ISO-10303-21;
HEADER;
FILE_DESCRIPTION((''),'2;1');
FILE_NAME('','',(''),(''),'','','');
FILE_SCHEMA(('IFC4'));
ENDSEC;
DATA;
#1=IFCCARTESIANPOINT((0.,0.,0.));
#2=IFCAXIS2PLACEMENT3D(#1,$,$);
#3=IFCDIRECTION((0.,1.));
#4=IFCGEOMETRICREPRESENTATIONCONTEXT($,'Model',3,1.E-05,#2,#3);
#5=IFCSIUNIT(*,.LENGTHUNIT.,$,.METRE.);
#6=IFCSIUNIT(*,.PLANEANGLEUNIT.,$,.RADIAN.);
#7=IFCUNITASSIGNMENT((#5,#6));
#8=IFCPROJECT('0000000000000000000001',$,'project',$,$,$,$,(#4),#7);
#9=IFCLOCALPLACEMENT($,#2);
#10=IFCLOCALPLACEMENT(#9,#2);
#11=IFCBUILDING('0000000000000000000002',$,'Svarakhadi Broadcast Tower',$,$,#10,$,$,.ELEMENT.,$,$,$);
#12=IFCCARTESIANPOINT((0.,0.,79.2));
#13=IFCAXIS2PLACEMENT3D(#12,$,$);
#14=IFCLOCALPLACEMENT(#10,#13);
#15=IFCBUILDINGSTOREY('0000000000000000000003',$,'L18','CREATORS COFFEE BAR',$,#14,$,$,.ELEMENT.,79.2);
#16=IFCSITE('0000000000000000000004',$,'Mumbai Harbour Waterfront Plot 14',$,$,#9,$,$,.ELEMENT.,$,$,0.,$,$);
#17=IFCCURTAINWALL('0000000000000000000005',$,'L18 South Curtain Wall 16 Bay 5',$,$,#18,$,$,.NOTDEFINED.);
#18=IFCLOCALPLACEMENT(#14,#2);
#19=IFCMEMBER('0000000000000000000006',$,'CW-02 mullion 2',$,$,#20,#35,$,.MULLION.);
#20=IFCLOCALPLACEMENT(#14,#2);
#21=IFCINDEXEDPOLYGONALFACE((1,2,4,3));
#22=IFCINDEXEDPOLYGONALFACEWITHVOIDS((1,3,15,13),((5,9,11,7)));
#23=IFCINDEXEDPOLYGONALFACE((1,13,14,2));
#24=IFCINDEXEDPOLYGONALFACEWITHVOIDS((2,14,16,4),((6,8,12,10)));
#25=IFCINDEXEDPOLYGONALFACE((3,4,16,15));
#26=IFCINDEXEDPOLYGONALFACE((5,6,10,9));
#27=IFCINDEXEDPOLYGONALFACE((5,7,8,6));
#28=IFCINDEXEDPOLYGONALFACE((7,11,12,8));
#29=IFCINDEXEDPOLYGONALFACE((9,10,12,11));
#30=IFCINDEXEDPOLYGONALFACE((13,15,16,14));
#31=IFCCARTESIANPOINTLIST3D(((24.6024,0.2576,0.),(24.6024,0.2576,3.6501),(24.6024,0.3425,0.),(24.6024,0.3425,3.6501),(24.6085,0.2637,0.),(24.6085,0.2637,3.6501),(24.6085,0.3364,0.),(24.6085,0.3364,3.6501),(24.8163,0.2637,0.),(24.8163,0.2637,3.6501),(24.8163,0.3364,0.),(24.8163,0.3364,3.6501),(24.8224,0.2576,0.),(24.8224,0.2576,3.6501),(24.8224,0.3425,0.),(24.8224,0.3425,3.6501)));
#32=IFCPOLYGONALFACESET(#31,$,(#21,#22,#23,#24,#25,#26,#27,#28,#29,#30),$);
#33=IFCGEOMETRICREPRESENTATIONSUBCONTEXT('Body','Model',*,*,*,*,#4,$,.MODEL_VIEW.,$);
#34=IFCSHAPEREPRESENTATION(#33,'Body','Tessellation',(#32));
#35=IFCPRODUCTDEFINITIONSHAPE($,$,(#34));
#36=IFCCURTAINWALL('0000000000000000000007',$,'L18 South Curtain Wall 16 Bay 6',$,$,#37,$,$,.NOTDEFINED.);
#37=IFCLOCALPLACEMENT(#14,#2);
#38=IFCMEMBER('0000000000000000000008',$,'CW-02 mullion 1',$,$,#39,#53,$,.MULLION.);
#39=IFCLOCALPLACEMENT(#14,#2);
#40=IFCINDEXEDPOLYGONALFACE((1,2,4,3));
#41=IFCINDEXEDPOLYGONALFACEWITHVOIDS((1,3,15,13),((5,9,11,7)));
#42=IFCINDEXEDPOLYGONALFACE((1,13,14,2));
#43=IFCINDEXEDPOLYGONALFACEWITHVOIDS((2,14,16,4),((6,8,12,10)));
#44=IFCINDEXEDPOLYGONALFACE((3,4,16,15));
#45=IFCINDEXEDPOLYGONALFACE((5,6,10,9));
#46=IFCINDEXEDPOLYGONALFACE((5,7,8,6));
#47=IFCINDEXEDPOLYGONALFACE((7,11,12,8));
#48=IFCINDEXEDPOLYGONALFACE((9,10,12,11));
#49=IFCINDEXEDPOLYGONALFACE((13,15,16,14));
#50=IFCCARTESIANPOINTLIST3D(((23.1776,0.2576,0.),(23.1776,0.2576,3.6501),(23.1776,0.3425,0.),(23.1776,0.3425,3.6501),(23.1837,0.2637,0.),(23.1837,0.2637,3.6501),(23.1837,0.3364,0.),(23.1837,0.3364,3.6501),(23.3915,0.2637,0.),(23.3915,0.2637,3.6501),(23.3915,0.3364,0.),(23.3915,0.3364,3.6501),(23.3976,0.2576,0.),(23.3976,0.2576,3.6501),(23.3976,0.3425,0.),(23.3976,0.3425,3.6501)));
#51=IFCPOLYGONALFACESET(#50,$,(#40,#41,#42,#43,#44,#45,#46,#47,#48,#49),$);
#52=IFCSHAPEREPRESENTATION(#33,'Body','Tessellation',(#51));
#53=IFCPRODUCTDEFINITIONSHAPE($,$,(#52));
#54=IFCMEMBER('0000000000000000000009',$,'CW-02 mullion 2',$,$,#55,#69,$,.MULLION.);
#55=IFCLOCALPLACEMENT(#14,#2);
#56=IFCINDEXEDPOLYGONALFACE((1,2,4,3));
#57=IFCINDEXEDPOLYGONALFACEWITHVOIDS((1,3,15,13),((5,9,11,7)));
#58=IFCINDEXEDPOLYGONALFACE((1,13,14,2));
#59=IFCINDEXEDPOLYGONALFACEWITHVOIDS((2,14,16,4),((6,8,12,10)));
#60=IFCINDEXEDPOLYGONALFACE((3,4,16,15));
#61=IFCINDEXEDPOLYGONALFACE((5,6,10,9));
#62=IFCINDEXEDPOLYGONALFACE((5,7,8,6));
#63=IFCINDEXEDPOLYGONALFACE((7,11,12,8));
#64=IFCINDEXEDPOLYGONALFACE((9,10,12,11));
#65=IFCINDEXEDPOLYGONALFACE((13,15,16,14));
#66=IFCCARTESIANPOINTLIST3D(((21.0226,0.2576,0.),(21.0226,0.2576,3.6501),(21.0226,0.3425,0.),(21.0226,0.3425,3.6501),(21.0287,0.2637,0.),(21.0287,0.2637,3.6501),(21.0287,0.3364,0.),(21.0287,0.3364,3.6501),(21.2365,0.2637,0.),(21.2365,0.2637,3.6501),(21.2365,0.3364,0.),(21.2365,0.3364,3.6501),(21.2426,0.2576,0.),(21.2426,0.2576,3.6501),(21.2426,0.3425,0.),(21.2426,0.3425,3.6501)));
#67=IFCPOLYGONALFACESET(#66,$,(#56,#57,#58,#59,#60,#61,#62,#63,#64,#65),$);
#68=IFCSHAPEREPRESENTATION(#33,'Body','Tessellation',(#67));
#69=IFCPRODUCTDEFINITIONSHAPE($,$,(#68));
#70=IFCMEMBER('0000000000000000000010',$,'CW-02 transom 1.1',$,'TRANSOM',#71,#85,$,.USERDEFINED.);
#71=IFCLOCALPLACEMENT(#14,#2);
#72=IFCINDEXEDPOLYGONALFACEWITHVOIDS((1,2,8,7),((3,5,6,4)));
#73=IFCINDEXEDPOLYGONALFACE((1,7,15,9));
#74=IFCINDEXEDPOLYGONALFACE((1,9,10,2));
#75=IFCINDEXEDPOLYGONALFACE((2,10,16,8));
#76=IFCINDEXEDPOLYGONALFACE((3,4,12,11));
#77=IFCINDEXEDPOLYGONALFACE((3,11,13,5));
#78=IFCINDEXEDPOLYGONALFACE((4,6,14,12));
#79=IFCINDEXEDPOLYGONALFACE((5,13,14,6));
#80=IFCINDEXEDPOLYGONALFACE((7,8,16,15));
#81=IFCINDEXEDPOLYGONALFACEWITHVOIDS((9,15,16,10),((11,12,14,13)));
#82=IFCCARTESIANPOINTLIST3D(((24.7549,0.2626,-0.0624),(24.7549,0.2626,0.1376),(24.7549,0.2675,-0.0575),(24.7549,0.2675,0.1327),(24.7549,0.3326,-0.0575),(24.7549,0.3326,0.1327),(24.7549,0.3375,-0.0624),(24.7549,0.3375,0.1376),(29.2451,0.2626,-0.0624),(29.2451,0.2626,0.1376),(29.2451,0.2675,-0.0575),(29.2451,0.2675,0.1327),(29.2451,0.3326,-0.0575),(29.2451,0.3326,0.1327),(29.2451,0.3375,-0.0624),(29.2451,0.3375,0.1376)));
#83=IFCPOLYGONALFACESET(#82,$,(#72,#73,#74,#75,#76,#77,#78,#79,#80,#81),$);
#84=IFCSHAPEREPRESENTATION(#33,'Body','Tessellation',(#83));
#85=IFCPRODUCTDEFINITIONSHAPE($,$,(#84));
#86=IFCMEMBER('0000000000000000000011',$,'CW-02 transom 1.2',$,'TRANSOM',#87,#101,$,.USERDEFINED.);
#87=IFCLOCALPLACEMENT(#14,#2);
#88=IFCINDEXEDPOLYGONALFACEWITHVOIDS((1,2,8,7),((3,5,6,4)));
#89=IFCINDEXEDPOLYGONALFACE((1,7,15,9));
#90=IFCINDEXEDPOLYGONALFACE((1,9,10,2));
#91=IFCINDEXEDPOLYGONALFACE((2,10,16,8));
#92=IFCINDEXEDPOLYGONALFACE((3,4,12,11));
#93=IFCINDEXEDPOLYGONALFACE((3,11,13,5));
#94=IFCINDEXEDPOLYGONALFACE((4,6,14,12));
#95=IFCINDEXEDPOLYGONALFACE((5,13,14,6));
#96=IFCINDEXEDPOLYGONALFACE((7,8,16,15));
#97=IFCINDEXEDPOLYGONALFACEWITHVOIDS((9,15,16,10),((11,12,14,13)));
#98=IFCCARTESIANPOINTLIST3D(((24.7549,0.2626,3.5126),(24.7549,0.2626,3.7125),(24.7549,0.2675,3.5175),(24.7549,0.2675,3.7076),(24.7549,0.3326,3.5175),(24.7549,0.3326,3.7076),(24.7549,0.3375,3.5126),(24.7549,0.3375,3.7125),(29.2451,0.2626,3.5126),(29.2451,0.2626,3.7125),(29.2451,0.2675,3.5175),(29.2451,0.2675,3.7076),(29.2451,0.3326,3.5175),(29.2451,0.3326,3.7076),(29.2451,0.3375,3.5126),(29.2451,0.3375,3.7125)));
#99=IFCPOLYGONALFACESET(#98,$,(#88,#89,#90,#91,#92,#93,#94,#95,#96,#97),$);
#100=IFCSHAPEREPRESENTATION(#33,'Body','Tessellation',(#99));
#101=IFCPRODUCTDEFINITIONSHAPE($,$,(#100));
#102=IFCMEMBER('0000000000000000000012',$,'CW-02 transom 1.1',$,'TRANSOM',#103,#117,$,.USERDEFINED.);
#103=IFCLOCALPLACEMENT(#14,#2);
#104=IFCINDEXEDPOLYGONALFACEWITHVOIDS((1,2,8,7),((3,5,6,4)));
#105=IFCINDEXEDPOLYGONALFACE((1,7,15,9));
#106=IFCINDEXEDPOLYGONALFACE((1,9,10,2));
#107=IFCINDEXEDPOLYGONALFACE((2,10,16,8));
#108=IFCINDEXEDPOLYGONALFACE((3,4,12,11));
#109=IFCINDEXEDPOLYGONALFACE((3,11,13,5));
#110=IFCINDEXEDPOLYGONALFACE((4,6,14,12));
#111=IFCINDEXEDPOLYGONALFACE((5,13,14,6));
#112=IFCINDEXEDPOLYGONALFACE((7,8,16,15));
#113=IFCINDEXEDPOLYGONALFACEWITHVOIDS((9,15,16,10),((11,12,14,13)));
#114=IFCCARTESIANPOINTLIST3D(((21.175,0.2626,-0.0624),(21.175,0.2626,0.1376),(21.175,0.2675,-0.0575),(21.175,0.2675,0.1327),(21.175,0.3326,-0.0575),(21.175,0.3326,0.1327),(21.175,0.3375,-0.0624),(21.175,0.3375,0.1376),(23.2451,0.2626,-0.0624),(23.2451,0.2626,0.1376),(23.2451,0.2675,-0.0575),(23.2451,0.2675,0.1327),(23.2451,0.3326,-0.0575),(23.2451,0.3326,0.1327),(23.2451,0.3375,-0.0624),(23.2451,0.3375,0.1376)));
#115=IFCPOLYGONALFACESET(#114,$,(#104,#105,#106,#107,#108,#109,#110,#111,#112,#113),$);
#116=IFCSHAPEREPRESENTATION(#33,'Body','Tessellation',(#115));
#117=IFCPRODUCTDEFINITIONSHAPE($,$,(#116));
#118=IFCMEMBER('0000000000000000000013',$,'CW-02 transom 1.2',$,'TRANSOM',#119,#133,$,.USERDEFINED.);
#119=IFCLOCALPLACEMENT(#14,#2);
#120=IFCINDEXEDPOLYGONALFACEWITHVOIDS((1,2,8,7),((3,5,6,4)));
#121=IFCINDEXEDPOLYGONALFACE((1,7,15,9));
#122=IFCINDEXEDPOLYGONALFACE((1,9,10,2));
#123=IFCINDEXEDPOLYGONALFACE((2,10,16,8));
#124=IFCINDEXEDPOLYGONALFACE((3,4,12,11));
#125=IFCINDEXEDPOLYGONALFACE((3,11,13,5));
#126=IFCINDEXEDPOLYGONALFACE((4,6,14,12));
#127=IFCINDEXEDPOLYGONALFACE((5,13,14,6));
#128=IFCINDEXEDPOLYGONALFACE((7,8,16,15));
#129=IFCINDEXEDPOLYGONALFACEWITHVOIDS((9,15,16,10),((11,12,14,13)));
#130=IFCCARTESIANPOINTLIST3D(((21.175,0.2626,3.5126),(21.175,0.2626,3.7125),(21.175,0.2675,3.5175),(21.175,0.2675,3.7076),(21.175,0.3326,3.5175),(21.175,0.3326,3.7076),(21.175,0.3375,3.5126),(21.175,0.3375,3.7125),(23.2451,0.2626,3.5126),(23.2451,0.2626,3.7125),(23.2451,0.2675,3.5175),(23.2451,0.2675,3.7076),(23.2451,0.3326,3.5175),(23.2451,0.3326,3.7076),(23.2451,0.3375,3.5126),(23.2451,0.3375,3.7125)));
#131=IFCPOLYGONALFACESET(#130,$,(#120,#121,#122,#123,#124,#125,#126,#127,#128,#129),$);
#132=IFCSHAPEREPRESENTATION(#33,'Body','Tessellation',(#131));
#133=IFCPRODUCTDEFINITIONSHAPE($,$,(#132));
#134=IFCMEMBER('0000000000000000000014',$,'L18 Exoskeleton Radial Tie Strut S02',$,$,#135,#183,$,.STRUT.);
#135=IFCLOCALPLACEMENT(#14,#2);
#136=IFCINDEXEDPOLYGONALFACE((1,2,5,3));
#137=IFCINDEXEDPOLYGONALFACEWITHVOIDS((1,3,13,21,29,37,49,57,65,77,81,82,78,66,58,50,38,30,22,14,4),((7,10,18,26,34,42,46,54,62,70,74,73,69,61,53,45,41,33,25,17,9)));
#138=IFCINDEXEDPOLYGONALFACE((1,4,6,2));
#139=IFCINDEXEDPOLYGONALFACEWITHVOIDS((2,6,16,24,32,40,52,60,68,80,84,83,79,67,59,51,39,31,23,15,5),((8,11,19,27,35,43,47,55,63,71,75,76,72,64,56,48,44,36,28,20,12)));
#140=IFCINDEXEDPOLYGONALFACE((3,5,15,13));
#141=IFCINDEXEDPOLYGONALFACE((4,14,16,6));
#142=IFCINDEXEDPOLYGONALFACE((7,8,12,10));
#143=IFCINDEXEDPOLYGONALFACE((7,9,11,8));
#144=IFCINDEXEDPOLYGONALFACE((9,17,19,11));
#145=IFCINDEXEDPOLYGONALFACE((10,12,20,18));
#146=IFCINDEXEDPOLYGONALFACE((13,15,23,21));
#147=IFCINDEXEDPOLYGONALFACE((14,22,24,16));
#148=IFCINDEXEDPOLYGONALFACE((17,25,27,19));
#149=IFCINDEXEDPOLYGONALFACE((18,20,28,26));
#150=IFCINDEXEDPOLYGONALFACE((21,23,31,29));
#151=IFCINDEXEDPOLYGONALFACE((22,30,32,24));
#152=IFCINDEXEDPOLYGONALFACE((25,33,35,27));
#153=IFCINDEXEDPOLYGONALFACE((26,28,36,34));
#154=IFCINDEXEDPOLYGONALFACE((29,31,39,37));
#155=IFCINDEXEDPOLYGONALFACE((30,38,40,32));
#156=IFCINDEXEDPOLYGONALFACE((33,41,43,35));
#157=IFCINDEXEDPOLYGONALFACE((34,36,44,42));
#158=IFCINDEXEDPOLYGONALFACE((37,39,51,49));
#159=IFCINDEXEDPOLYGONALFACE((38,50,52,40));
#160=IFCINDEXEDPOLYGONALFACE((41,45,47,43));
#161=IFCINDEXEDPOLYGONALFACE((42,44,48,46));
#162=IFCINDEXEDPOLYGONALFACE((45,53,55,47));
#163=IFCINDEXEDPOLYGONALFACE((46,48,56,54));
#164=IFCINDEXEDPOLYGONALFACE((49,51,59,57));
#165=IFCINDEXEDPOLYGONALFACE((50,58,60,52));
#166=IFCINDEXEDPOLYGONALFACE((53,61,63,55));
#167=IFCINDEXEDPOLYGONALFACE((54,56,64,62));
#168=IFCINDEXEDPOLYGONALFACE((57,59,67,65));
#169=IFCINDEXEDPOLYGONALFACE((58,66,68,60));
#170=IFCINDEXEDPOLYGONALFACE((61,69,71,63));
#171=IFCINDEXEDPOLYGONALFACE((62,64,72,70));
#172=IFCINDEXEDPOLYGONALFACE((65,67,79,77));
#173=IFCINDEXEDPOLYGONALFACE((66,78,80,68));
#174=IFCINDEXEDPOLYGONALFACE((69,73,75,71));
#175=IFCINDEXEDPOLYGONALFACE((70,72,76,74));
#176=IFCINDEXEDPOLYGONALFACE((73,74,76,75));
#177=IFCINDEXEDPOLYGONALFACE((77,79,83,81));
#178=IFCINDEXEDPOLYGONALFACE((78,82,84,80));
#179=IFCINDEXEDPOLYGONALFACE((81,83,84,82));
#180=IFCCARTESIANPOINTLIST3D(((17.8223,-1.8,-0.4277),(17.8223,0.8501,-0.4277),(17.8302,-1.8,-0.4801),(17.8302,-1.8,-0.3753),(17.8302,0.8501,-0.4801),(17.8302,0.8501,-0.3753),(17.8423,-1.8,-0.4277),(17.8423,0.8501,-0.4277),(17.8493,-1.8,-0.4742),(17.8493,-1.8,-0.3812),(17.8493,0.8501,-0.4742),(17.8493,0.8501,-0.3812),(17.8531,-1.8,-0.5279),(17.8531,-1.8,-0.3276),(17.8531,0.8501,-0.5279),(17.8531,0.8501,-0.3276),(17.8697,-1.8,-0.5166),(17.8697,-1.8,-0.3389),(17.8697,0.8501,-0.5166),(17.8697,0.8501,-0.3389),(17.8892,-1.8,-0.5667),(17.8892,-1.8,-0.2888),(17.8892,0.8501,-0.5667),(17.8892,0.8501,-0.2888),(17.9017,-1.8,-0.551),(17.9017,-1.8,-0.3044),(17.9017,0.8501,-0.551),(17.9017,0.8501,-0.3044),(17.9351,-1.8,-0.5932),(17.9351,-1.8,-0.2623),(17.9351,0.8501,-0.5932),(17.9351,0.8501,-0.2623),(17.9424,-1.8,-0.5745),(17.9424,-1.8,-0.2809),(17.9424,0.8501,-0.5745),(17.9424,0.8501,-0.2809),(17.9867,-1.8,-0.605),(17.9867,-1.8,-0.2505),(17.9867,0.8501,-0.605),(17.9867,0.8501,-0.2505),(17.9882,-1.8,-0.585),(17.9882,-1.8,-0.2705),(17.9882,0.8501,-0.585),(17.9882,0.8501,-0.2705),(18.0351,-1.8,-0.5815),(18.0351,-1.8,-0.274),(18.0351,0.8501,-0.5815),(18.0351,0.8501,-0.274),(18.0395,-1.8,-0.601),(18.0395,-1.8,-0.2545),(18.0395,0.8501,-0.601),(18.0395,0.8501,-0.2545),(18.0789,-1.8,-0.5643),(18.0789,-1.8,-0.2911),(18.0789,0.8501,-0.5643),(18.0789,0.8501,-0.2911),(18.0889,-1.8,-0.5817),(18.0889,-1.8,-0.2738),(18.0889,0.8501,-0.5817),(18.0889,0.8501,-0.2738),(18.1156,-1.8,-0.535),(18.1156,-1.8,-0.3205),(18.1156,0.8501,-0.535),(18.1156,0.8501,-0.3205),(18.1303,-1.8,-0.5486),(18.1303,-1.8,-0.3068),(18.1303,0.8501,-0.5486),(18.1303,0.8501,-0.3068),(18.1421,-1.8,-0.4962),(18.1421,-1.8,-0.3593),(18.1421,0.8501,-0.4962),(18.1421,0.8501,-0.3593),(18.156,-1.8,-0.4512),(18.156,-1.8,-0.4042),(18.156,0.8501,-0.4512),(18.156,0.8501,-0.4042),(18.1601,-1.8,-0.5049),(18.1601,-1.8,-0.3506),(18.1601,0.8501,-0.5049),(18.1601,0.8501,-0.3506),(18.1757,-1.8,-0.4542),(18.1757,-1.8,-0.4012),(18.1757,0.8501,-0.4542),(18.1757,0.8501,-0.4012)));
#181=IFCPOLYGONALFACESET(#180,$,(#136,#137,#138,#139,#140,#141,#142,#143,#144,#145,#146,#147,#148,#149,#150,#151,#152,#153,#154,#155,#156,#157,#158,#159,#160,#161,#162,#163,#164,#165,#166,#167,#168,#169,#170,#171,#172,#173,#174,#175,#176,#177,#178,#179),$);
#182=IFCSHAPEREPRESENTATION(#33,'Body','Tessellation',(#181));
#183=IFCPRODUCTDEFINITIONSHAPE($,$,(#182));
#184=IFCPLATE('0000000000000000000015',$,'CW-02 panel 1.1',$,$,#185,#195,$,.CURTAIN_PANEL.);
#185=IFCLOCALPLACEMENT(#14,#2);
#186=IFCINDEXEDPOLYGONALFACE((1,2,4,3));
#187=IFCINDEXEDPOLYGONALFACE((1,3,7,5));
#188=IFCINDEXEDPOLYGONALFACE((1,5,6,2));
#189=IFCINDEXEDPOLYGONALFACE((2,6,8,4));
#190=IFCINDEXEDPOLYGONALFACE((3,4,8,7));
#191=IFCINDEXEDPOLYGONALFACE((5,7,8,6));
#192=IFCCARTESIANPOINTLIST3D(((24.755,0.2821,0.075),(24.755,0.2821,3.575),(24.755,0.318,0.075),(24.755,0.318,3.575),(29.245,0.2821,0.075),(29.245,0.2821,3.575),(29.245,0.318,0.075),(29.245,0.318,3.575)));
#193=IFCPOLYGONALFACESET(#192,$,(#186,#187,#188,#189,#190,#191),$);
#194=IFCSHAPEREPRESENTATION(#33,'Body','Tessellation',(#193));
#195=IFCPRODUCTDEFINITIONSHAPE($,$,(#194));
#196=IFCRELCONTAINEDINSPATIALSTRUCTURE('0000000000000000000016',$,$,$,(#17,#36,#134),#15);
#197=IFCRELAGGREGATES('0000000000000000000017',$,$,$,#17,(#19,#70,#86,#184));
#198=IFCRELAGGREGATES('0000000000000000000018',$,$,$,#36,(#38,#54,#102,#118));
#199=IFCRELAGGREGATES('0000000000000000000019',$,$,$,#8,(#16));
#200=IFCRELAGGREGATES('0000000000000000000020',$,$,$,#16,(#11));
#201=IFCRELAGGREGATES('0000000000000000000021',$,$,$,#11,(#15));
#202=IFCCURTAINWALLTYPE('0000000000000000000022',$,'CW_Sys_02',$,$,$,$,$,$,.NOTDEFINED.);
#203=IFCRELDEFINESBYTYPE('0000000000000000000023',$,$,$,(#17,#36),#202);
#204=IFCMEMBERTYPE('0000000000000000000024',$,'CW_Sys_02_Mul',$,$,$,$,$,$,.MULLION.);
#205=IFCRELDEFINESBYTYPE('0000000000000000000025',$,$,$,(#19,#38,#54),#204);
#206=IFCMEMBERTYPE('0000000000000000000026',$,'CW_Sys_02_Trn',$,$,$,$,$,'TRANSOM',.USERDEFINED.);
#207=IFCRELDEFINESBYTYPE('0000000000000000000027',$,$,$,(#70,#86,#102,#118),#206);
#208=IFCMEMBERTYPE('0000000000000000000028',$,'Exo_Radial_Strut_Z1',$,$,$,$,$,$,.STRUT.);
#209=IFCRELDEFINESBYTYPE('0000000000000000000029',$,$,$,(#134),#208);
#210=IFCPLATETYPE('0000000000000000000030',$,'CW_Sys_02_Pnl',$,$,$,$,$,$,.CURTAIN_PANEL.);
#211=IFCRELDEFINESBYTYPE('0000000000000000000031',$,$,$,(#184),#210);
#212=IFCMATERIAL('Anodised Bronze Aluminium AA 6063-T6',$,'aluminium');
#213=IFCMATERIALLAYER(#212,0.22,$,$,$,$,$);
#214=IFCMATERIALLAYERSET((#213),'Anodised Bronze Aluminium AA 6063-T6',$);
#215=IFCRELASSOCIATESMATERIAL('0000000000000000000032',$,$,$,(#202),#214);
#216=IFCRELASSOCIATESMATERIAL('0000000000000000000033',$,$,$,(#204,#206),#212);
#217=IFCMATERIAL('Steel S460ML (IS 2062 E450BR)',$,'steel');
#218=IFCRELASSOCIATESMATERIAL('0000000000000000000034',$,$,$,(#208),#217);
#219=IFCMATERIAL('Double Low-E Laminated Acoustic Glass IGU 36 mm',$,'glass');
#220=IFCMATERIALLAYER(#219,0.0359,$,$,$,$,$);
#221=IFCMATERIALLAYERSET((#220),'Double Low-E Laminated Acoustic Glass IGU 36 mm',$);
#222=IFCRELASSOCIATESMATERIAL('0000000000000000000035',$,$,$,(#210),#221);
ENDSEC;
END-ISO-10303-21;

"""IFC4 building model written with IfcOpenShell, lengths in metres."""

from ifc_helpers import new_model, si_unit, direction, frame, origin, origin_2d, place, context, subcontext, project, spatial, rectangle, hollow_rectangle, hollow_circle, extrude, material, layer, layer_set, material_profile, profile_set, type_object, element, aggregate, save


model = new_model("IFC4")

# Units and contexts
model_context = context("Model", 3, precision=1e-05, world=origin(), true_north=direction((0.0, 1.0)))
body_context = subcontext(model_context, "Body", "Model", "MODEL_VIEW")
ifc_project = project(units=[si_unit("LENGTHUNIT", "METRE"), si_unit("PLANEANGLEUNIT", "RADIAN")], contexts=[model_context])

# Site, building, storey
site_placement = place(None, origin())
site = spatial("IfcSite", under=ifc_project, at=site_placement, Name="Mumbai Harbour Waterfront Plot 14", CompositionType="ELEMENT", RefElevation=0.0)
building_placement = place(site_placement, origin())
building = spatial("IfcBuilding", under=site, at=building_placement, Name="Svarakhadi Broadcast Tower", CompositionType="ELEMENT")
storey_placement = place(building_placement, frame((0.0, 0.0, 79.2)))
storey = spatial("IfcBuildingStorey", under=building, at=storey_placement, Name="L18", Description="CREATORS COFFEE BAR", CompositionType="ELEMENT", Elevation=79.2)

# Curtain wall, member
ifc_material_1 = material(Name="Anodised Bronze Aluminium AA 6063-T6", Category="aluminium")
ifc_layer_1 = layer(ifc_material_1, 0.22)
ifc_layer_set_1 = layer_set([ifc_layer_1], Name="Anodised Bronze Aluminium AA 6063-T6")
curtain_wall_type = type_object("IfcCurtainWallType", Name="CW_Sys_02", PredefinedType="NOTDEFINED", material=ifc_layer_set_1)
curtain_wall_1_placement = place(storey_placement, origin())
curtain_wall_1 = element("IfcCurtainWall", 1, at=curtain_wall_1_placement, inside=storey, type_object=curtain_wall_type, Name="L18 South Curtain Wall 16 Bay 5", PredefinedType="NOTDEFINED")
ifc_material_profile_1 = material_profile(ifc_material_1, hollow_rectangle(XDim=0.085, YDim=0.22, WallThickness=0.0061, at=origin_2d()), Name="ALU MULLION 220x85x6")
ifc_profile_set_1 = profile_set([ifc_material_profile_1], Name="Anodised Bronze Aluminium AA 6063-T6")
member_type_1 = type_object("IfcMemberType", Name="CW_Sys_02_Mul", PredefinedType="MULLION", material=ifc_profile_set_1)
member_1_placement = place(storey_placement, frame((24.7124, 0.3, 0.0), z_axis=(0.0, 0.0, 1.0), x_axis=(0.0, -1.0, 0.0)))
member_1 = element("IfcMember", 2, at=member_1_placement, type_object=member_type_1, Name="CW-02 mullion 2", PredefinedType="MULLION", context=body_context, shape_type="SweptSolid", body=[
    extrude(hollow_rectangle(XDim=0.085, YDim=0.22, WallThickness=0.0061, at=origin_2d()), origin(), (0.0, 0.0, 1.0), 3.6501),
])

# Curtain wall, members
curtain_wall_2_placement = place(storey_placement, origin())
curtain_wall_2 = element("IfcCurtainWall", 3, at=curtain_wall_2_placement, inside=storey, type_object=curtain_wall_type, Name="L18 South Curtain Wall 16 Bay 6", PredefinedType="NOTDEFINED")
member_2_placement = place(storey_placement, frame((23.2876, 0.3, 0.0), z_axis=(0.0, 0.0, 1.0), x_axis=(0.0, -1.0, 0.0)))
member_2 = element("IfcMember", 4, at=member_2_placement, type_object=member_type_1, Name="CW-02 mullion 1", PredefinedType="MULLION", context=body_context, shape_type="SweptSolid", body=[
    extrude(hollow_rectangle(XDim=0.085, YDim=0.22, WallThickness=0.0061, at=origin_2d()), origin(), (0.0, 0.0, 1.0), 3.6501),
])
member_3_placement = place(storey_placement, frame((21.1326, 0.3, 0.0), z_axis=(0.0, 0.0, 1.0), x_axis=(0.0, -1.0, 0.0)))
member_3 = element("IfcMember", 5, at=member_3_placement, type_object=member_type_1, Name="CW-02 mullion 2", PredefinedType="MULLION", context=body_context, shape_type="SweptSolid", body=[
    extrude(hollow_rectangle(XDim=0.085, YDim=0.22, WallThickness=0.0061, at=origin_2d()), origin(), (0.0, 0.0, 1.0), 3.6501),
])

# Members
ifc_material_profile_2 = material_profile(ifc_material_1, hollow_rectangle(XDim=0.075, YDim=0.2, WallThickness=0.0049, at=origin_2d()), Name="ALU TRANSOM 200x75x5")
ifc_profile_set_2 = profile_set([ifc_material_profile_2], Name="Anodised Bronze Aluminium AA 6063-T6")
member_type_2 = type_object("IfcMemberType", Name="CW_Sys_02_Trn", ElementType="TRANSOM", PredefinedType="USERDEFINED", material=ifc_profile_set_2)
member_4_placement = place(storey_placement, frame((29.2451, 0.3, 0.0376), z_axis=(-1.0, 0.0, 0.0), x_axis=(0.0, -1.0, 0.0)))
member_4 = element("IfcMember", 6, at=member_4_placement, type_object=member_type_2, Name="CW-02 transom 1.1", ObjectType="TRANSOM", PredefinedType="USERDEFINED", context=body_context, shape_type="SweptSolid", body=[
    extrude(hollow_rectangle(XDim=0.075, YDim=0.2, WallThickness=0.0049, at=origin_2d()), origin(), (0.0, 0.0, 1.0), 4.4902),
])
member_5_placement = place(storey_placement, frame((29.2451, 0.3, 3.6125), z_axis=(-1.0, 0.0, 0.0), x_axis=(0.0, -1.0, 0.0)))
member_5 = element("IfcMember", 7, at=member_5_placement, type_object=member_type_2, Name="CW-02 transom 1.2", ObjectType="TRANSOM", PredefinedType="USERDEFINED", context=body_context, shape_type="SweptSolid", body=[
    extrude(hollow_rectangle(XDim=0.075, YDim=0.2, WallThickness=0.0049, at=origin_2d()), origin(), (0.0, 0.0, 1.0), 4.4902),
])
member_6_placement = place(storey_placement, frame((23.2451, 0.3, 0.0376), z_axis=(-1.0, 0.0, 0.0), x_axis=(0.0, -1.0, 0.0)))
member_6 = element("IfcMember", 8, at=member_6_placement, type_object=member_type_2, Name="CW-02 transom 1.1", ObjectType="TRANSOM", PredefinedType="USERDEFINED", context=body_context, shape_type="SweptSolid", body=[
    extrude(hollow_rectangle(XDim=0.075, YDim=0.2, WallThickness=0.0049, at=origin_2d()), origin(), (0.0, 0.0, 1.0), 2.0701),
])
member_7_placement = place(storey_placement, frame((23.2451, 0.3, 3.6125), z_axis=(-1.0, 0.0, 0.0), x_axis=(0.0, -1.0, 0.0)))
member_7 = element("IfcMember", 9, at=member_7_placement, type_object=member_type_2, Name="CW-02 transom 1.2", ObjectType="TRANSOM", PredefinedType="USERDEFINED", context=body_context, shape_type="SweptSolid", body=[
    extrude(hollow_rectangle(XDim=0.075, YDim=0.2, WallThickness=0.0049, at=origin_2d()), origin(), (0.0, 0.0, 1.0), 2.0701),
])
ifc_material_2 = material(Name="Steel S460ML (IS 2062 E450BR)", Category="steel")
ifc_material_profile_3 = material_profile(ifc_material_2, hollow_circle(Radius=0.1777, WallThickness=0.02, at=origin_2d()), Name="CHS 355.6x20")
ifc_profile_set_3 = profile_set([ifc_material_profile_3], Name="Steel S460ML (IS 2062 E450BR)")
member_type_3 = type_object("IfcMemberType", Name="Exo_Radial_Strut_Z1", PredefinedType="STRUT", material=ifc_profile_set_3)
member_8_placement = place(storey_placement, frame((18.0, -1.8, -0.4277), z_axis=(0.0, 1.0, 0.0), x_axis=(-1.0, 0.0, 0.0)))
element("IfcMember", 10, at=member_8_placement, inside=storey, type_object=member_type_3, Name="L18 Exoskeleton Radial Tie Strut S02", PredefinedType="STRUT", context=body_context, shape_type="SweptSolid", body=[
    extrude(hollow_circle(Radius=0.1777, WallThickness=0.02, at=origin_2d()), origin(), (0.0, 0.0, 1.0), 2.6501),
])

# Plate
ifc_material_3 = material(Name="Double Low-E Laminated Acoustic Glass IGU 36 mm", Category="glass")
ifc_layer_2 = layer(ifc_material_3, 0.0359)
ifc_layer_set_2 = layer_set([ifc_layer_2], Name="Double Low-E Laminated Acoustic Glass IGU 36 mm")
plate_type_1 = type_object("IfcPlateType", Name="CW_Sys_02_Pnl", PredefinedType="CURTAIN_PANEL", material=ifc_layer_set_2)
plate_1_placement = place(storey_placement, frame((27.0, 0.3, 0.075), z_axis=(0.0, 0.0, 1.0), x_axis=(-1.0, 0.0, 0.0)))
plate_1 = element("IfcPlate", 11, at=plate_1_placement, type_object=plate_type_1, Name="CW-02 panel 1.1", PredefinedType="CURTAIN_PANEL", context=body_context, shape_type="SweptSolid", body=[
    extrude(rectangle(XDim=4.49, YDim=0.0359, at=origin_2d()), origin(), (0.0, 0.0, 1.0), 3.5),
])
aggregate(curtain_wall_1, [member_1, member_4, member_5, plate_1])
aggregate(curtain_wall_2, [member_2, member_3, member_6, member_7])

save(model, "model.ifc")
